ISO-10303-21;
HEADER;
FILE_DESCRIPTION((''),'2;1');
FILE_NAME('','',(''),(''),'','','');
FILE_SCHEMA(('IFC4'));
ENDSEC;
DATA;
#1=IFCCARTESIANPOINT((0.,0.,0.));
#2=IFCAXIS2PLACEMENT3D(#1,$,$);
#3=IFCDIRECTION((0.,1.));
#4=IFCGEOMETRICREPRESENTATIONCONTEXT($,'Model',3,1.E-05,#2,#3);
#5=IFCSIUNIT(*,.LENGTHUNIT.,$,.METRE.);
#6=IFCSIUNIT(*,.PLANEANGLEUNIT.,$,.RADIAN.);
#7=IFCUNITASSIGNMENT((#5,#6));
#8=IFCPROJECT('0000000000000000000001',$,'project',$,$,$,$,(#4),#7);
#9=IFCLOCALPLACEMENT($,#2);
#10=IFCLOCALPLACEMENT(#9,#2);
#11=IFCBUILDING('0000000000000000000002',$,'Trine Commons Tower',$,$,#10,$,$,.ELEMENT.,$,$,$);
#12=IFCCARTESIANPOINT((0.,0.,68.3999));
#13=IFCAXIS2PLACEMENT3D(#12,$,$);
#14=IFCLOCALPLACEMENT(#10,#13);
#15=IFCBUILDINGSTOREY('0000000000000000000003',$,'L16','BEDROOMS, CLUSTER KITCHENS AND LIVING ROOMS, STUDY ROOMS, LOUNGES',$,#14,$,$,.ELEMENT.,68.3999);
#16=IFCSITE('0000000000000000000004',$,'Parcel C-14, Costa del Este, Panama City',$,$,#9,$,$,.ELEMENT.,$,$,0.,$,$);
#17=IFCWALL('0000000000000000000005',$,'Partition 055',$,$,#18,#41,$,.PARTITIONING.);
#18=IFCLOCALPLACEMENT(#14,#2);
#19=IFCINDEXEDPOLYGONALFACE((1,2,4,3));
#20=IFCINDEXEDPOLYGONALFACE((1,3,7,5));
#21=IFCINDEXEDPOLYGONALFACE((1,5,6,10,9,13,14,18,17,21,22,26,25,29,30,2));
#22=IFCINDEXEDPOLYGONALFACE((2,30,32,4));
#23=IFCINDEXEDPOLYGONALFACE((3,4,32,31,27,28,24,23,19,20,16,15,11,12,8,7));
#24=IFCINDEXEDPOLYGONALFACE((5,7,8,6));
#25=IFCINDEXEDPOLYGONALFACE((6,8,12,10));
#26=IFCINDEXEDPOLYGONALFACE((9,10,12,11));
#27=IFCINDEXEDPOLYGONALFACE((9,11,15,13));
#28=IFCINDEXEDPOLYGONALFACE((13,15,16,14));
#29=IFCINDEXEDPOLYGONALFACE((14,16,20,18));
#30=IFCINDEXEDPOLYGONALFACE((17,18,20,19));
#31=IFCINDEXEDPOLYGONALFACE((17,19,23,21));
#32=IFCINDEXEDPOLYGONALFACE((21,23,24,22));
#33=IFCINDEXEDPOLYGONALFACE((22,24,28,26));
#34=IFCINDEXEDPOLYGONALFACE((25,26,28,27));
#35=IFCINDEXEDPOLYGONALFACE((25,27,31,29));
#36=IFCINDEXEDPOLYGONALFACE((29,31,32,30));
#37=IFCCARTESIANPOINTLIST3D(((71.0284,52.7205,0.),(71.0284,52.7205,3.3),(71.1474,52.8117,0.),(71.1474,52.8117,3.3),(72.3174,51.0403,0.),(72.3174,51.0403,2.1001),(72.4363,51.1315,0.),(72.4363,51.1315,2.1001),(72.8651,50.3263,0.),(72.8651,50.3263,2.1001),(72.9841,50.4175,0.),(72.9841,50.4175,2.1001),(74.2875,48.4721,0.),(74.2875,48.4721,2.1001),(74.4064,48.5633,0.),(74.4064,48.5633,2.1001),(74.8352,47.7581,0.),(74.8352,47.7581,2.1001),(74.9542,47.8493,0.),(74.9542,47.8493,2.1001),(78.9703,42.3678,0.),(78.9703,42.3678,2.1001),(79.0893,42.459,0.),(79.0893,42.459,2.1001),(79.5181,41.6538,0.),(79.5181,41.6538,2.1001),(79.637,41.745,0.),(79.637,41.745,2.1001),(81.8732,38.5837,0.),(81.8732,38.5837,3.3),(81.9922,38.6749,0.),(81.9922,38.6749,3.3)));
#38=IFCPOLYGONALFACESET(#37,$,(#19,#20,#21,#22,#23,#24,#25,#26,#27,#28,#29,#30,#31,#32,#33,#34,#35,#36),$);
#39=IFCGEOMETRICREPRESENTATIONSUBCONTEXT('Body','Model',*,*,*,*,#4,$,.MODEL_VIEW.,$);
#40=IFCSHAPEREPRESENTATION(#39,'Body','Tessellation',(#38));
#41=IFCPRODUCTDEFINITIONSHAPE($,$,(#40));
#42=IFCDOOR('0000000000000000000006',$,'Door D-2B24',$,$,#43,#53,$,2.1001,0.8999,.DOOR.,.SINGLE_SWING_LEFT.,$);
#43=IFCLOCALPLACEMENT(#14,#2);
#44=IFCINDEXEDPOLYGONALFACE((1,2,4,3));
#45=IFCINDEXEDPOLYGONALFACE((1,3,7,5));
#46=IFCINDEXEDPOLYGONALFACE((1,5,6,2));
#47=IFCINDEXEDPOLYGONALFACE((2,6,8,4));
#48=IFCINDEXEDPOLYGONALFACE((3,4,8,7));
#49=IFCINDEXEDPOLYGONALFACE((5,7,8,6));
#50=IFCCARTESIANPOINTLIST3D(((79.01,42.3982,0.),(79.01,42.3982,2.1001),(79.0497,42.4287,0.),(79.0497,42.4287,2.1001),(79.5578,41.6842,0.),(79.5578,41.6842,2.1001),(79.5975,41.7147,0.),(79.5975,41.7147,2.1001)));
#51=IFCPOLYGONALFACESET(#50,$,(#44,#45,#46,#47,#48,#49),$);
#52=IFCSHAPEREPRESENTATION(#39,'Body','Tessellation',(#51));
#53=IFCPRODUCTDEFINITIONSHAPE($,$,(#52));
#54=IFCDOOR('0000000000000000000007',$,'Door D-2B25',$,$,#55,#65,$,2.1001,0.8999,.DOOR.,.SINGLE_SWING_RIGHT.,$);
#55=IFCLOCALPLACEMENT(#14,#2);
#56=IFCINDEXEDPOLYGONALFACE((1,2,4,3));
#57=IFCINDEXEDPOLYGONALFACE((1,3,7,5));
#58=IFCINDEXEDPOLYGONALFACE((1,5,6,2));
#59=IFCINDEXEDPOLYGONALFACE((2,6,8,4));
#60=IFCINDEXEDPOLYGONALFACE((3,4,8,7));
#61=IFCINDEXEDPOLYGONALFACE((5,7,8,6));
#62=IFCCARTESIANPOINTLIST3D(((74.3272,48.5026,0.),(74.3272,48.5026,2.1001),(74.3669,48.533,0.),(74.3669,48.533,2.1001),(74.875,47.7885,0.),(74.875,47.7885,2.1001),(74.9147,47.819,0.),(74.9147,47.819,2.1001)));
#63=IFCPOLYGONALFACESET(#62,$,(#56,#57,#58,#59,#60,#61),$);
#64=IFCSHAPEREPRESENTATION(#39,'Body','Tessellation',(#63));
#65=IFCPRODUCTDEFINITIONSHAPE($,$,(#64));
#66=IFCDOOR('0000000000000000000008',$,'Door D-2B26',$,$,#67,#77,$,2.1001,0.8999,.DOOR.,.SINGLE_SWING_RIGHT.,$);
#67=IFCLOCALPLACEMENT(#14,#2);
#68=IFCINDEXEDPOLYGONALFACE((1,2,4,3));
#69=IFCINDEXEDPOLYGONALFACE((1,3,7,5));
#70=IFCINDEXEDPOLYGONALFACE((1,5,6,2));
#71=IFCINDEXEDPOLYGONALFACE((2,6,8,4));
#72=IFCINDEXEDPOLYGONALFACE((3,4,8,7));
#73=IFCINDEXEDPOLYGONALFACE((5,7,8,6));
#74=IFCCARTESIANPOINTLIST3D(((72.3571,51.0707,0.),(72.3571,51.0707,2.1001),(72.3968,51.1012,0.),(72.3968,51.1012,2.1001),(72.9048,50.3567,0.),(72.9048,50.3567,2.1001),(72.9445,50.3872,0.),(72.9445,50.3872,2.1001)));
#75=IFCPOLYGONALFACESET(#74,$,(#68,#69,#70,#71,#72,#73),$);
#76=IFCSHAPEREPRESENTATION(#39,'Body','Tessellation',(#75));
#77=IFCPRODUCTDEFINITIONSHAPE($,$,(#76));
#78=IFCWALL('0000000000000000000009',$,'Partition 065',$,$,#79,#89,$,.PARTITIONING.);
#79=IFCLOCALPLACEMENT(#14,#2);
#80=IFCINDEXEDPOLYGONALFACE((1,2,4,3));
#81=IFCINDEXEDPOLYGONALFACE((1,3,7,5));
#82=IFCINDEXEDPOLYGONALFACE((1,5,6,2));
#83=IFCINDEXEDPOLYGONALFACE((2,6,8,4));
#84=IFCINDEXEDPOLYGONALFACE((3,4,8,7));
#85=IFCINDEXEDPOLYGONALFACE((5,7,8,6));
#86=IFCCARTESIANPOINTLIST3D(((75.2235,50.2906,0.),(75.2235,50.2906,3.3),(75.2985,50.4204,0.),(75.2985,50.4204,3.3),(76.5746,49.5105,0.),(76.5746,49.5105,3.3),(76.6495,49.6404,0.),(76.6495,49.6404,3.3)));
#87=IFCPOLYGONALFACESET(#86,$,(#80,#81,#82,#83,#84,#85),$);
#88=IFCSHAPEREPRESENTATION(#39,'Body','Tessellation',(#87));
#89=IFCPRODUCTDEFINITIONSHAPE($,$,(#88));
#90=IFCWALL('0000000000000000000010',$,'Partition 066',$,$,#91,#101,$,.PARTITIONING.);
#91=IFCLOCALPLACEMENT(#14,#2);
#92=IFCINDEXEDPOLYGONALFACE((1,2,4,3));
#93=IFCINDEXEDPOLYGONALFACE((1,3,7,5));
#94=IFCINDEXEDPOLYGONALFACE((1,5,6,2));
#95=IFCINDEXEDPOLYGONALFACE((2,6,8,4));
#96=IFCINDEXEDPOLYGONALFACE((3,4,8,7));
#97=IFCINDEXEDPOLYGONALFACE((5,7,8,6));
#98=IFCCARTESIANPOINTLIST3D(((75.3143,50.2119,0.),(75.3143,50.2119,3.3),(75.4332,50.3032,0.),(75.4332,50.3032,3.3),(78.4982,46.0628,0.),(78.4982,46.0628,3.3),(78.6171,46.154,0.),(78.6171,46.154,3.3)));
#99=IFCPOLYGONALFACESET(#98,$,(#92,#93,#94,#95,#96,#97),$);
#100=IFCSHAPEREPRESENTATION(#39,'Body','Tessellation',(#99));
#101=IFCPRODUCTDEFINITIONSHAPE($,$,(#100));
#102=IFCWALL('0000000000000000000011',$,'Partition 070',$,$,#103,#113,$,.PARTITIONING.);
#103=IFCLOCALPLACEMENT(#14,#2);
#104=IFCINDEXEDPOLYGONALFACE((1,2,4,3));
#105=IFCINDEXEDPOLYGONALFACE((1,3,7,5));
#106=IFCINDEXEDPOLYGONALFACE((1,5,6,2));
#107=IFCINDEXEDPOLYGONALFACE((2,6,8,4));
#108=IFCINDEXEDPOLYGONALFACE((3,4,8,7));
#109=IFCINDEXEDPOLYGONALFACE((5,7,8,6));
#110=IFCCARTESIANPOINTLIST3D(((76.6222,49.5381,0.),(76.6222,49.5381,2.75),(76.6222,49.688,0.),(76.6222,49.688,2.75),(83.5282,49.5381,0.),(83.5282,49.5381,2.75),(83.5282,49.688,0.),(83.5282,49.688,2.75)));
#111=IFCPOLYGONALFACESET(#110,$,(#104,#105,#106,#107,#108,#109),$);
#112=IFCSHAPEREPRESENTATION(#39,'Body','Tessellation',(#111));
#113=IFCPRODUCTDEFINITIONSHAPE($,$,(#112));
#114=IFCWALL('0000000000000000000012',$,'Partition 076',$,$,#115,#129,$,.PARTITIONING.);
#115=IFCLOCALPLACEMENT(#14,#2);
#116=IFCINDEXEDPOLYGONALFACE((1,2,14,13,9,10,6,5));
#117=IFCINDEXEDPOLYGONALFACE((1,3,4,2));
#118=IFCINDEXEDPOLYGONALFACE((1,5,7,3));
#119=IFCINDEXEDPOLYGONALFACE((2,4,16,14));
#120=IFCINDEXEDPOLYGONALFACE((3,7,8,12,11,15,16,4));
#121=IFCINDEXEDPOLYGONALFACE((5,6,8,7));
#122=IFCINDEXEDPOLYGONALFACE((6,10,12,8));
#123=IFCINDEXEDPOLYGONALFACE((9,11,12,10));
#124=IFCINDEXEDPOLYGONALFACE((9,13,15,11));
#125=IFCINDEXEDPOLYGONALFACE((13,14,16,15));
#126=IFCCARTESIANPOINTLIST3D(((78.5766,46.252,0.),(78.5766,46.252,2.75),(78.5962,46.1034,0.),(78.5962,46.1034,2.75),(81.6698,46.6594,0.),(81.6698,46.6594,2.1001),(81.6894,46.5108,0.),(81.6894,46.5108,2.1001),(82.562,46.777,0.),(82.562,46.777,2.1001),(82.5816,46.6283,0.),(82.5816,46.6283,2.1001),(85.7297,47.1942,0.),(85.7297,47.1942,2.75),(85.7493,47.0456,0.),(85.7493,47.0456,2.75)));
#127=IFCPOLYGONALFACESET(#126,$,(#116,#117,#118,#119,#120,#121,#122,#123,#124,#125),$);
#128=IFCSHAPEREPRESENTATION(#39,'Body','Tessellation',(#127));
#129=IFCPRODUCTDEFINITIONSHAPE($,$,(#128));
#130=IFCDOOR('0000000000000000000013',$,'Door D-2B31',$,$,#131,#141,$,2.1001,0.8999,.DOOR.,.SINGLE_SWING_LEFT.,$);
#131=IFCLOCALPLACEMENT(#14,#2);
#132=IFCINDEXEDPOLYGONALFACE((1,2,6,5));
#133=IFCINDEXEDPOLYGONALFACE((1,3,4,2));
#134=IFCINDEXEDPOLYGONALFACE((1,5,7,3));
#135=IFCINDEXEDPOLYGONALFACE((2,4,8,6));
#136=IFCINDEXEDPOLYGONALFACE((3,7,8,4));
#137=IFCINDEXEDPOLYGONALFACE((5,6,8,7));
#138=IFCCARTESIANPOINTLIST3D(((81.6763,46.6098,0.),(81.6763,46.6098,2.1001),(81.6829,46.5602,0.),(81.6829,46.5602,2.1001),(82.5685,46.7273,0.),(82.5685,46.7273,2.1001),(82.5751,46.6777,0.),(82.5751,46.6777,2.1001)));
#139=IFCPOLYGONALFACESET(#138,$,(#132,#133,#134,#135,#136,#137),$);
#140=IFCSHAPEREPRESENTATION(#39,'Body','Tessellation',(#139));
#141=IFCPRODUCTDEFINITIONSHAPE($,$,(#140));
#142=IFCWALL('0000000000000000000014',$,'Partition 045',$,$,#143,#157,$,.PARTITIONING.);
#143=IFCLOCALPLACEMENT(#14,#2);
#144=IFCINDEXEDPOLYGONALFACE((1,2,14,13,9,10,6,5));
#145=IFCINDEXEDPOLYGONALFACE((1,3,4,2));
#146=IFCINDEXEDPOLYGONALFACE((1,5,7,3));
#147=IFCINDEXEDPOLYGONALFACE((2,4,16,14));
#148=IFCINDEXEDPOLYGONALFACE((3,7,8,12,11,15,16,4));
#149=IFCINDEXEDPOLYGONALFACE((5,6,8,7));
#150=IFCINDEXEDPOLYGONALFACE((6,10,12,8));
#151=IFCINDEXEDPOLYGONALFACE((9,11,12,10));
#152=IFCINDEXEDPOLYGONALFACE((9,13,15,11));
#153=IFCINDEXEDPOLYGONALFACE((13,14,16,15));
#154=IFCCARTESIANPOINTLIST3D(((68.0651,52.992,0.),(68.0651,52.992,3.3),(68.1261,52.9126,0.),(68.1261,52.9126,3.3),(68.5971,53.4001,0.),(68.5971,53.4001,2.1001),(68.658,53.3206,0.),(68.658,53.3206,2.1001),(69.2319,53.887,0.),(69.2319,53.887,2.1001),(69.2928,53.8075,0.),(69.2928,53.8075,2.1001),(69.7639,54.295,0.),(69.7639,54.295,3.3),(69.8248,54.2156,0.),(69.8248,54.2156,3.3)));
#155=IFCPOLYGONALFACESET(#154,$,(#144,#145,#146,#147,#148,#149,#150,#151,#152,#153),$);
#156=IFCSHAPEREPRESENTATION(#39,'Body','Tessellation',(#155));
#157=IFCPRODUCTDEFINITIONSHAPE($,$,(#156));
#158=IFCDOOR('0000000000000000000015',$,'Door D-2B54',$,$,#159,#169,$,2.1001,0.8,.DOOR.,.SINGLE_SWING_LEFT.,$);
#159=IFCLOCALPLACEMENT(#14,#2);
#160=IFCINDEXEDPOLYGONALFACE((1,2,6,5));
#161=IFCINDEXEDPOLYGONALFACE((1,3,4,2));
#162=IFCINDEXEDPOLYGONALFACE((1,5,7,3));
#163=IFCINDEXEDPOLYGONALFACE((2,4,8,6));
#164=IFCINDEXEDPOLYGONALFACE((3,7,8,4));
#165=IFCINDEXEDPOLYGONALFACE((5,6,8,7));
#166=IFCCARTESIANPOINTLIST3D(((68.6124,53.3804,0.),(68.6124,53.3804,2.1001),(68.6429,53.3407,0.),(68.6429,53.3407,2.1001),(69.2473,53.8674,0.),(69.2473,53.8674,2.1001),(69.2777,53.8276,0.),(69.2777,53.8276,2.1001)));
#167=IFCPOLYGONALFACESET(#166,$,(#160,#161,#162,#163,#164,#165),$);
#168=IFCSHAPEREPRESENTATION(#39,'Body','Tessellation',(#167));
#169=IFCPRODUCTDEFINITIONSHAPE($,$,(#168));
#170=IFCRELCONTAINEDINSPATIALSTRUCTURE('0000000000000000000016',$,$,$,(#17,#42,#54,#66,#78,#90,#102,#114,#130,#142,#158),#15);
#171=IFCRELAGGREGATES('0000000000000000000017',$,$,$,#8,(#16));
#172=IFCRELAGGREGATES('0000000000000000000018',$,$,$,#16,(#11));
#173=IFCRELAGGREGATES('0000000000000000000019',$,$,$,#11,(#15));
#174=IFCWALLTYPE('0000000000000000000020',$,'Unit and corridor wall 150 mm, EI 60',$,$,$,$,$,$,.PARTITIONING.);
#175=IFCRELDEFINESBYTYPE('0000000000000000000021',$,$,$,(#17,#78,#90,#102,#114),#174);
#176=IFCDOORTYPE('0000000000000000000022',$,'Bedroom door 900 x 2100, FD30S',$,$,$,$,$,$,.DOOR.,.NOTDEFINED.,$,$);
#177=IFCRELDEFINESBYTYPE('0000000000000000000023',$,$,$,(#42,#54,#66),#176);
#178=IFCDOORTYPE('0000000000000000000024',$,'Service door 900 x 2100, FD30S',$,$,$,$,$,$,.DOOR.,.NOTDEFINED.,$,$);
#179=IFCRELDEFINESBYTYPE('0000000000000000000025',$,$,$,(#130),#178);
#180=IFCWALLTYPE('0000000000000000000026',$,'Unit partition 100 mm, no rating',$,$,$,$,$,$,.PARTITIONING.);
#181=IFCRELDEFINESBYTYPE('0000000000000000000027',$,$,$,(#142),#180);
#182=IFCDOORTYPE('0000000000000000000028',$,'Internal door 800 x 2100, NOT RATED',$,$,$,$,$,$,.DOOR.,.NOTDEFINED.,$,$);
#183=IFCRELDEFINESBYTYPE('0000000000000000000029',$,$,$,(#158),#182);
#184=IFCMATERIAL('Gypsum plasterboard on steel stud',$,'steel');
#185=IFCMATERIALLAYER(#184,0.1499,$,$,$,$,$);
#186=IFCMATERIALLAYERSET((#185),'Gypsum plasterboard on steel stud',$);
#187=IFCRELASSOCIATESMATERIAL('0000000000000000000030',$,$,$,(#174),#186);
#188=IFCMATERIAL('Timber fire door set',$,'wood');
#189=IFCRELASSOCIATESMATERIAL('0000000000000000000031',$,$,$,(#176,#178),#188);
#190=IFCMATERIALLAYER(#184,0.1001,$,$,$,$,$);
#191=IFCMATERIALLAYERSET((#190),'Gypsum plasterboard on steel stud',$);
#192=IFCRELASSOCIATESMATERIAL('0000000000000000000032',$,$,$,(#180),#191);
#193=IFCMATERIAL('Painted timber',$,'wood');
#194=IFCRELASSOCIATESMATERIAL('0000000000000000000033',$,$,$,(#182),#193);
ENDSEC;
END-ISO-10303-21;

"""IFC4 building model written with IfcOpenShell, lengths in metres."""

from ifc_helpers import new_model, si_unit, direction, frame, frame_2d, origin, place, context, subcontext, project, spatial, rectangle, extrude, material, layer, layer_set, type_object, element, fill, save


model = new_model("IFC4")

# Units and contexts
model_context = context("Model", 3, precision=1e-05, world=origin(), true_north=direction((0.0, 1.0)))
body_context = subcontext(model_context, "Body", "Model", "MODEL_VIEW")
ifc_project = project(units=[si_unit("LENGTHUNIT", "METRE"), si_unit("PLANEANGLEUNIT", "RADIAN")], contexts=[model_context])

# Site, building, storey
site_placement = place(None, origin())
site = spatial("IfcSite", under=ifc_project, at=site_placement, Name="Parcel C-14, Costa del Este, Panama City", CompositionType="ELEMENT", RefElevation=0.0)
building_placement = place(site_placement, origin())
building = spatial("IfcBuilding", under=site, at=building_placement, Name="Trine Commons Tower", CompositionType="ELEMENT")
storey_placement = place(building_placement, frame((0.0, 0.0, 68.3999)))
storey = spatial("IfcBuildingStorey", under=building, at=storey_placement, Name="L16", Description="BEDROOMS, CLUSTER KITCHENS AND LIVING ROOMS, STUDY ROOMS, LOUNGES", CompositionType="ELEMENT", Elevation=68.3999)

# Shared definitions
ifc_material_1 = material(Name="Gypsum plasterboard on steel stud", Category="steel")
ifc_layer_1 = layer(ifc_material_1, 0.1499)
ifc_layer_set_1 = layer_set([ifc_layer_1], Name="Gypsum plasterboard on steel stud")
wall_type_1 = type_object("IfcWallType", Name="Unit and corridor wall 150 mm, EI 60", PredefinedType="PARTITIONING", material=ifc_layer_set_1)

# Wall, openings, doors
wall_1_placement = place(storey_placement, frame((71.0879, 52.7661, 0.0), z_axis=(0.0, 0.0, 1.0), x_axis=(0.608664, -0.793428, 0.0)))
wall_1 = element("IfcWall", 1, at=wall_1_placement, inside=storey, type_object=wall_type_1, Name="Partition 055", PredefinedType="PARTITIONING", context=body_context, shape_type="SweptSolid", body=[
    extrude(rectangle(XDim=17.8174, YDim=0.1499, at=frame_2d((8.9087, 0.0))), origin(), (0.0, 0.0, 1.0), 3.3),
])
opening_1_placement = place(wall_1_placement, frame((13.0481, 0.0, 0.0)))
opening_1 = element("IfcOpeningElement", 2, at=opening_1_placement, cuts=wall_1, PredefinedType="OPENING", context=body_context, shape_type="SweptSolid", body=[
    extrude(rectangle(XDim=0.8999, YDim=2.1001, at=frame_2d((0.45, 1.05))), frame((0.0, 0.085, 0.0), z_axis=(0.0, -1.0, 0.0), x_axis=(1.0, 0.0, 0.0)), (0.0, 0.0, 1.0), 0.1699),
])
opening_2_placement = place(wall_1_placement, frame((5.3545, 0.0, 0.0)))
opening_2 = element("IfcOpeningElement", 3, at=opening_2_placement, cuts=wall_1, PredefinedType="OPENING", context=body_context, shape_type="SweptSolid", body=[
    extrude(rectangle(XDim=0.8999, YDim=2.1001, at=frame_2d((0.45, 1.05))), frame((0.0, 0.085, 0.0), z_axis=(0.0, -1.0, 0.0), x_axis=(1.0, 0.0, 0.0)), (0.0, 0.0, 1.0), 0.1699),
])
opening_3_placement = place(wall_1_placement, frame((2.1177, 0.0, 0.0)))
opening_3 = element("IfcOpeningElement", 4, at=opening_3_placement, cuts=wall_1, PredefinedType="OPENING", context=body_context, shape_type="SweptSolid", body=[
    extrude(rectangle(XDim=0.8999, YDim=2.1001, at=frame_2d((0.45, 1.05))), frame((0.0, 0.085, 0.0), z_axis=(0.0, -1.0, 0.0), x_axis=(1.0, 0.0, 0.0)), (0.0, 0.0, 1.0), 0.1699),
])
ifc_material_2 = material(Name="Timber fire door set", Category="wood")
door_type_1 = type_object("IfcDoorType", Name="Bedroom door 900 x 2100, FD30S", OperationType="NOTDEFINED", PredefinedType="DOOR", material=ifc_material_2)
door_1_placement = place(opening_1_placement, frame((0.8999, 0.0, 0.0), z_axis=(0.0, 0.0, 1.0), x_axis=(-1.0, 0.0, 0.0)))
door_1 = element("IfcDoor", 5, at=door_1_placement, inside=storey, type_object=door_type_1, Name="Door D-2B24", OperationType="SINGLE_SWING_LEFT", OverallHeight=2.1001, OverallWidth=0.8999, PredefinedType="DOOR", context=body_context, shape_type="SweptSolid", body=[
    extrude(rectangle(XDim=0.8999, YDim=2.1001, at=frame_2d((0.45, 1.05))), frame((0.0, 0.0249, 0.0), z_axis=(0.0, -1.0, 0.0), x_axis=(1.0, 0.0, 0.0)), (0.0, 0.0, 1.0), 0.05),
])
fill(opening_1, door_1)
door_2_placement = place(opening_2_placement, frame((0.8999, 0.0, 0.0), z_axis=(0.0, 0.0, 1.0), x_axis=(-1.0, 0.0, 0.0)))
door_2 = element("IfcDoor", 6, at=door_2_placement, inside=storey, type_object=door_type_1, Name="Door D-2B25", OperationType="SINGLE_SWING_RIGHT", OverallHeight=2.1001, OverallWidth=0.8999, PredefinedType="DOOR", context=body_context, shape_type="SweptSolid", body=[
    extrude(rectangle(XDim=0.8999, YDim=2.1001, at=frame_2d((0.45, 1.05))), frame((0.0, 0.0249, 0.0), z_axis=(0.0, -1.0, 0.0), x_axis=(1.0, 0.0, 0.0)), (0.0, 0.0, 1.0), 0.05),
])
fill(opening_2, door_2)
door_3_placement = place(opening_3_placement, frame((0.8999, 0.0, 0.0), z_axis=(0.0, 0.0, 1.0), x_axis=(-1.0, 0.0, 0.0)))
door_3 = element("IfcDoor", 7, at=door_3_placement, inside=storey, type_object=door_type_1, Name="Door D-2B26", OperationType="SINGLE_SWING_RIGHT", OverallHeight=2.1001, OverallWidth=0.8999, PredefinedType="DOOR", context=body_context, shape_type="SweptSolid", body=[
    extrude(rectangle(XDim=0.8999, YDim=2.1001, at=frame_2d((0.45, 1.05))), frame((0.0, 0.0249, 0.0), z_axis=(0.0, -1.0, 0.0), x_axis=(1.0, 0.0, 0.0)), (0.0, 0.0, 1.0), 0.05),
])
fill(opening_3, door_3)

# Walls
wall_2_placement = place(storey_placement, frame((75.261, 50.3555, 0.0), z_axis=(0.0, 0.0, 1.0), x_axis=(0.866029, -0.499993, 0.0)))
element("IfcWall", 8, at=wall_2_placement, inside=storey, type_object=wall_type_1, Name="Partition 065", PredefinedType="PARTITIONING", context=body_context, shape_type="SweptSolid", body=[
    extrude(rectangle(XDim=1.5601, YDim=0.1499, at=frame_2d((0.78, 0.0))), origin(), (0.0, 0.0, 1.0), 3.3),
])
wall_3_placement = place(storey_placement, frame((75.3738, 50.2576, 0.0), z_axis=(0.0, 0.0, 1.0), x_axis=(0.60877, -0.793347, 0.0)))
element("IfcWall", 9, at=wall_3_placement, inside=storey, type_object=wall_type_1, Name="Partition 066", PredefinedType="PARTITIONING", context=body_context, shape_type="SweptSolid", body=[
    extrude(rectangle(XDim=5.23, YDim=0.1499, at=frame_2d((2.615, 0.0))), origin(), (0.0, 0.0, 1.0), 3.3),
])
wall_4_placement = place(storey_placement, frame((76.6221, 49.613, 0.0), z_axis=(0.0, 0.0, 1.0), x_axis=(1.0, 0.0, 0.0)))
element("IfcWall", 10, at=wall_4_placement, inside=storey, type_object=wall_type_1, Name="Partition 070", PredefinedType="PARTITIONING", context=body_context, shape_type="SweptSolid", body=[
    extrude(rectangle(XDim=6.906, YDim=0.1499, at=frame_2d((3.4531, 0.0))), origin(), (0.0, 0.0, 1.0), 2.75),
])

# Walls, openings, doors
wall_5_placement = place(storey_placement, frame((78.5864, 46.1777, 0.0), z_axis=(0.0, 0.0, 1.0), x_axis=(0.991437, 0.130583, 0.0)))
wall_5 = element("IfcWall", 11, at=wall_5_placement, inside=storey, type_object=wall_type_1, Name="Partition 076", PredefinedType="PARTITIONING", context=body_context, shape_type="SweptSolid", body=[
    extrude(rectangle(XDim=7.2148, YDim=0.1499, at=frame_2d((3.6074, 0.0))), origin(), (0.0, 0.0, 1.0), 2.75),
])
opening_4_placement = place(wall_5_placement, frame((3.1199, 0.0, 0.0)))
opening_4 = element("IfcOpeningElement", 12, at=opening_4_placement, cuts=wall_5, PredefinedType="OPENING", context=body_context, shape_type="SweptSolid", body=[
    extrude(rectangle(XDim=0.8999, YDim=2.1001, at=frame_2d((0.45, 1.05))), frame((0.0, 0.085, 0.0), z_axis=(0.0, -1.0, 0.0), x_axis=(1.0, 0.0, 0.0)), (0.0, 0.0, 1.0), 0.1699),
])
door_type_2 = type_object("IfcDoorType", Name="Service door 900 x 2100, FD30S", OperationType="NOTDEFINED", PredefinedType="DOOR", material=ifc_material_2)
door_4_placement = place(opening_4_placement, origin())
door_4 = element("IfcDoor", 13, at=door_4_placement, inside=storey, type_object=door_type_2, Name="Door D-2B31", OperationType="SINGLE_SWING_LEFT", OverallHeight=2.1001, OverallWidth=0.8999, PredefinedType="DOOR", context=body_context, shape_type="SweptSolid", body=[
    extrude(rectangle(XDim=0.8999, YDim=2.1001, at=frame_2d((0.45, 1.05))), frame((0.0, 0.0249, 0.0), z_axis=(0.0, -1.0, 0.0), x_axis=(1.0, 0.0, 0.0)), (0.0, 0.0, 1.0), 0.05),
])
fill(opening_4, door_4)
ifc_layer_2 = layer(ifc_material_1, 0.1001)
ifc_layer_set_2 = layer_set([ifc_layer_2], Name="Gypsum plasterboard on steel stud")
wall_type_2 = type_object("IfcWallType", Name="Unit partition 100 mm, no rating", PredefinedType="PARTITIONING", material=ifc_layer_set_2)
wall_6_placement = place(storey_placement, frame((68.0957, 52.9524, 0.0), z_axis=(0.0, 0.0, 1.0), x_axis=(0.793467, 0.608613, 0.0)))
wall_6 = element("IfcWall", 14, at=wall_6_placement, inside=storey, type_object=wall_type_2, Name="Partition 045", PredefinedType="PARTITIONING", context=body_context, shape_type="SweptSolid", body=[
    extrude(rectangle(XDim=2.1409, YDim=0.1001, at=frame_2d((1.0703, 0.0))), origin(), (0.0, 0.0, 1.0), 3.3),
])
opening_5_placement = place(wall_6_placement, frame((0.6704, 0.0, 0.0)))
opening_5 = element("IfcOpeningElement", 15, at=opening_5_placement, cuts=wall_6, PredefinedType="OPENING", context=body_context, shape_type="SweptSolid", body=[
    extrude(rectangle(XDim=0.8, YDim=2.1001, at=frame_2d((0.3999, 1.05))), frame((0.0, 0.0601, 0.0), z_axis=(0.0, -1.0, 0.0), x_axis=(1.0, 0.0, 0.0)), (0.0, 0.0, 1.0), 0.1201),
])
ifc_material_3 = material(Name="Painted timber", Category="wood")
door_type_3 = type_object("IfcDoorType", Name="Internal door 800 x 2100, NOT RATED", OperationType="NOTDEFINED", PredefinedType="DOOR", material=ifc_material_3)
door_5_placement = place(opening_5_placement, frame((0.8, 0.0, 0.0), z_axis=(0.0, 0.0, 1.0), x_axis=(-1.0, 0.0, 0.0)))
door_5 = element("IfcDoor", 16, at=door_5_placement, inside=storey, type_object=door_type_3, Name="Door D-2B54", OperationType="SINGLE_SWING_LEFT", OverallHeight=2.1001, OverallWidth=0.8, PredefinedType="DOOR", context=body_context, shape_type="SweptSolid", body=[
    extrude(rectangle(XDim=0.8, YDim=2.1001, at=frame_2d((0.3999, 1.05))), frame((0.0, 0.0249, 0.0), z_axis=(0.0, -1.0, 0.0), x_axis=(1.0, 0.0, 0.0)), (0.0, 0.0, 1.0), 0.05),
])
fill(opening_5, door_5)

save(model, "model.ifc")
